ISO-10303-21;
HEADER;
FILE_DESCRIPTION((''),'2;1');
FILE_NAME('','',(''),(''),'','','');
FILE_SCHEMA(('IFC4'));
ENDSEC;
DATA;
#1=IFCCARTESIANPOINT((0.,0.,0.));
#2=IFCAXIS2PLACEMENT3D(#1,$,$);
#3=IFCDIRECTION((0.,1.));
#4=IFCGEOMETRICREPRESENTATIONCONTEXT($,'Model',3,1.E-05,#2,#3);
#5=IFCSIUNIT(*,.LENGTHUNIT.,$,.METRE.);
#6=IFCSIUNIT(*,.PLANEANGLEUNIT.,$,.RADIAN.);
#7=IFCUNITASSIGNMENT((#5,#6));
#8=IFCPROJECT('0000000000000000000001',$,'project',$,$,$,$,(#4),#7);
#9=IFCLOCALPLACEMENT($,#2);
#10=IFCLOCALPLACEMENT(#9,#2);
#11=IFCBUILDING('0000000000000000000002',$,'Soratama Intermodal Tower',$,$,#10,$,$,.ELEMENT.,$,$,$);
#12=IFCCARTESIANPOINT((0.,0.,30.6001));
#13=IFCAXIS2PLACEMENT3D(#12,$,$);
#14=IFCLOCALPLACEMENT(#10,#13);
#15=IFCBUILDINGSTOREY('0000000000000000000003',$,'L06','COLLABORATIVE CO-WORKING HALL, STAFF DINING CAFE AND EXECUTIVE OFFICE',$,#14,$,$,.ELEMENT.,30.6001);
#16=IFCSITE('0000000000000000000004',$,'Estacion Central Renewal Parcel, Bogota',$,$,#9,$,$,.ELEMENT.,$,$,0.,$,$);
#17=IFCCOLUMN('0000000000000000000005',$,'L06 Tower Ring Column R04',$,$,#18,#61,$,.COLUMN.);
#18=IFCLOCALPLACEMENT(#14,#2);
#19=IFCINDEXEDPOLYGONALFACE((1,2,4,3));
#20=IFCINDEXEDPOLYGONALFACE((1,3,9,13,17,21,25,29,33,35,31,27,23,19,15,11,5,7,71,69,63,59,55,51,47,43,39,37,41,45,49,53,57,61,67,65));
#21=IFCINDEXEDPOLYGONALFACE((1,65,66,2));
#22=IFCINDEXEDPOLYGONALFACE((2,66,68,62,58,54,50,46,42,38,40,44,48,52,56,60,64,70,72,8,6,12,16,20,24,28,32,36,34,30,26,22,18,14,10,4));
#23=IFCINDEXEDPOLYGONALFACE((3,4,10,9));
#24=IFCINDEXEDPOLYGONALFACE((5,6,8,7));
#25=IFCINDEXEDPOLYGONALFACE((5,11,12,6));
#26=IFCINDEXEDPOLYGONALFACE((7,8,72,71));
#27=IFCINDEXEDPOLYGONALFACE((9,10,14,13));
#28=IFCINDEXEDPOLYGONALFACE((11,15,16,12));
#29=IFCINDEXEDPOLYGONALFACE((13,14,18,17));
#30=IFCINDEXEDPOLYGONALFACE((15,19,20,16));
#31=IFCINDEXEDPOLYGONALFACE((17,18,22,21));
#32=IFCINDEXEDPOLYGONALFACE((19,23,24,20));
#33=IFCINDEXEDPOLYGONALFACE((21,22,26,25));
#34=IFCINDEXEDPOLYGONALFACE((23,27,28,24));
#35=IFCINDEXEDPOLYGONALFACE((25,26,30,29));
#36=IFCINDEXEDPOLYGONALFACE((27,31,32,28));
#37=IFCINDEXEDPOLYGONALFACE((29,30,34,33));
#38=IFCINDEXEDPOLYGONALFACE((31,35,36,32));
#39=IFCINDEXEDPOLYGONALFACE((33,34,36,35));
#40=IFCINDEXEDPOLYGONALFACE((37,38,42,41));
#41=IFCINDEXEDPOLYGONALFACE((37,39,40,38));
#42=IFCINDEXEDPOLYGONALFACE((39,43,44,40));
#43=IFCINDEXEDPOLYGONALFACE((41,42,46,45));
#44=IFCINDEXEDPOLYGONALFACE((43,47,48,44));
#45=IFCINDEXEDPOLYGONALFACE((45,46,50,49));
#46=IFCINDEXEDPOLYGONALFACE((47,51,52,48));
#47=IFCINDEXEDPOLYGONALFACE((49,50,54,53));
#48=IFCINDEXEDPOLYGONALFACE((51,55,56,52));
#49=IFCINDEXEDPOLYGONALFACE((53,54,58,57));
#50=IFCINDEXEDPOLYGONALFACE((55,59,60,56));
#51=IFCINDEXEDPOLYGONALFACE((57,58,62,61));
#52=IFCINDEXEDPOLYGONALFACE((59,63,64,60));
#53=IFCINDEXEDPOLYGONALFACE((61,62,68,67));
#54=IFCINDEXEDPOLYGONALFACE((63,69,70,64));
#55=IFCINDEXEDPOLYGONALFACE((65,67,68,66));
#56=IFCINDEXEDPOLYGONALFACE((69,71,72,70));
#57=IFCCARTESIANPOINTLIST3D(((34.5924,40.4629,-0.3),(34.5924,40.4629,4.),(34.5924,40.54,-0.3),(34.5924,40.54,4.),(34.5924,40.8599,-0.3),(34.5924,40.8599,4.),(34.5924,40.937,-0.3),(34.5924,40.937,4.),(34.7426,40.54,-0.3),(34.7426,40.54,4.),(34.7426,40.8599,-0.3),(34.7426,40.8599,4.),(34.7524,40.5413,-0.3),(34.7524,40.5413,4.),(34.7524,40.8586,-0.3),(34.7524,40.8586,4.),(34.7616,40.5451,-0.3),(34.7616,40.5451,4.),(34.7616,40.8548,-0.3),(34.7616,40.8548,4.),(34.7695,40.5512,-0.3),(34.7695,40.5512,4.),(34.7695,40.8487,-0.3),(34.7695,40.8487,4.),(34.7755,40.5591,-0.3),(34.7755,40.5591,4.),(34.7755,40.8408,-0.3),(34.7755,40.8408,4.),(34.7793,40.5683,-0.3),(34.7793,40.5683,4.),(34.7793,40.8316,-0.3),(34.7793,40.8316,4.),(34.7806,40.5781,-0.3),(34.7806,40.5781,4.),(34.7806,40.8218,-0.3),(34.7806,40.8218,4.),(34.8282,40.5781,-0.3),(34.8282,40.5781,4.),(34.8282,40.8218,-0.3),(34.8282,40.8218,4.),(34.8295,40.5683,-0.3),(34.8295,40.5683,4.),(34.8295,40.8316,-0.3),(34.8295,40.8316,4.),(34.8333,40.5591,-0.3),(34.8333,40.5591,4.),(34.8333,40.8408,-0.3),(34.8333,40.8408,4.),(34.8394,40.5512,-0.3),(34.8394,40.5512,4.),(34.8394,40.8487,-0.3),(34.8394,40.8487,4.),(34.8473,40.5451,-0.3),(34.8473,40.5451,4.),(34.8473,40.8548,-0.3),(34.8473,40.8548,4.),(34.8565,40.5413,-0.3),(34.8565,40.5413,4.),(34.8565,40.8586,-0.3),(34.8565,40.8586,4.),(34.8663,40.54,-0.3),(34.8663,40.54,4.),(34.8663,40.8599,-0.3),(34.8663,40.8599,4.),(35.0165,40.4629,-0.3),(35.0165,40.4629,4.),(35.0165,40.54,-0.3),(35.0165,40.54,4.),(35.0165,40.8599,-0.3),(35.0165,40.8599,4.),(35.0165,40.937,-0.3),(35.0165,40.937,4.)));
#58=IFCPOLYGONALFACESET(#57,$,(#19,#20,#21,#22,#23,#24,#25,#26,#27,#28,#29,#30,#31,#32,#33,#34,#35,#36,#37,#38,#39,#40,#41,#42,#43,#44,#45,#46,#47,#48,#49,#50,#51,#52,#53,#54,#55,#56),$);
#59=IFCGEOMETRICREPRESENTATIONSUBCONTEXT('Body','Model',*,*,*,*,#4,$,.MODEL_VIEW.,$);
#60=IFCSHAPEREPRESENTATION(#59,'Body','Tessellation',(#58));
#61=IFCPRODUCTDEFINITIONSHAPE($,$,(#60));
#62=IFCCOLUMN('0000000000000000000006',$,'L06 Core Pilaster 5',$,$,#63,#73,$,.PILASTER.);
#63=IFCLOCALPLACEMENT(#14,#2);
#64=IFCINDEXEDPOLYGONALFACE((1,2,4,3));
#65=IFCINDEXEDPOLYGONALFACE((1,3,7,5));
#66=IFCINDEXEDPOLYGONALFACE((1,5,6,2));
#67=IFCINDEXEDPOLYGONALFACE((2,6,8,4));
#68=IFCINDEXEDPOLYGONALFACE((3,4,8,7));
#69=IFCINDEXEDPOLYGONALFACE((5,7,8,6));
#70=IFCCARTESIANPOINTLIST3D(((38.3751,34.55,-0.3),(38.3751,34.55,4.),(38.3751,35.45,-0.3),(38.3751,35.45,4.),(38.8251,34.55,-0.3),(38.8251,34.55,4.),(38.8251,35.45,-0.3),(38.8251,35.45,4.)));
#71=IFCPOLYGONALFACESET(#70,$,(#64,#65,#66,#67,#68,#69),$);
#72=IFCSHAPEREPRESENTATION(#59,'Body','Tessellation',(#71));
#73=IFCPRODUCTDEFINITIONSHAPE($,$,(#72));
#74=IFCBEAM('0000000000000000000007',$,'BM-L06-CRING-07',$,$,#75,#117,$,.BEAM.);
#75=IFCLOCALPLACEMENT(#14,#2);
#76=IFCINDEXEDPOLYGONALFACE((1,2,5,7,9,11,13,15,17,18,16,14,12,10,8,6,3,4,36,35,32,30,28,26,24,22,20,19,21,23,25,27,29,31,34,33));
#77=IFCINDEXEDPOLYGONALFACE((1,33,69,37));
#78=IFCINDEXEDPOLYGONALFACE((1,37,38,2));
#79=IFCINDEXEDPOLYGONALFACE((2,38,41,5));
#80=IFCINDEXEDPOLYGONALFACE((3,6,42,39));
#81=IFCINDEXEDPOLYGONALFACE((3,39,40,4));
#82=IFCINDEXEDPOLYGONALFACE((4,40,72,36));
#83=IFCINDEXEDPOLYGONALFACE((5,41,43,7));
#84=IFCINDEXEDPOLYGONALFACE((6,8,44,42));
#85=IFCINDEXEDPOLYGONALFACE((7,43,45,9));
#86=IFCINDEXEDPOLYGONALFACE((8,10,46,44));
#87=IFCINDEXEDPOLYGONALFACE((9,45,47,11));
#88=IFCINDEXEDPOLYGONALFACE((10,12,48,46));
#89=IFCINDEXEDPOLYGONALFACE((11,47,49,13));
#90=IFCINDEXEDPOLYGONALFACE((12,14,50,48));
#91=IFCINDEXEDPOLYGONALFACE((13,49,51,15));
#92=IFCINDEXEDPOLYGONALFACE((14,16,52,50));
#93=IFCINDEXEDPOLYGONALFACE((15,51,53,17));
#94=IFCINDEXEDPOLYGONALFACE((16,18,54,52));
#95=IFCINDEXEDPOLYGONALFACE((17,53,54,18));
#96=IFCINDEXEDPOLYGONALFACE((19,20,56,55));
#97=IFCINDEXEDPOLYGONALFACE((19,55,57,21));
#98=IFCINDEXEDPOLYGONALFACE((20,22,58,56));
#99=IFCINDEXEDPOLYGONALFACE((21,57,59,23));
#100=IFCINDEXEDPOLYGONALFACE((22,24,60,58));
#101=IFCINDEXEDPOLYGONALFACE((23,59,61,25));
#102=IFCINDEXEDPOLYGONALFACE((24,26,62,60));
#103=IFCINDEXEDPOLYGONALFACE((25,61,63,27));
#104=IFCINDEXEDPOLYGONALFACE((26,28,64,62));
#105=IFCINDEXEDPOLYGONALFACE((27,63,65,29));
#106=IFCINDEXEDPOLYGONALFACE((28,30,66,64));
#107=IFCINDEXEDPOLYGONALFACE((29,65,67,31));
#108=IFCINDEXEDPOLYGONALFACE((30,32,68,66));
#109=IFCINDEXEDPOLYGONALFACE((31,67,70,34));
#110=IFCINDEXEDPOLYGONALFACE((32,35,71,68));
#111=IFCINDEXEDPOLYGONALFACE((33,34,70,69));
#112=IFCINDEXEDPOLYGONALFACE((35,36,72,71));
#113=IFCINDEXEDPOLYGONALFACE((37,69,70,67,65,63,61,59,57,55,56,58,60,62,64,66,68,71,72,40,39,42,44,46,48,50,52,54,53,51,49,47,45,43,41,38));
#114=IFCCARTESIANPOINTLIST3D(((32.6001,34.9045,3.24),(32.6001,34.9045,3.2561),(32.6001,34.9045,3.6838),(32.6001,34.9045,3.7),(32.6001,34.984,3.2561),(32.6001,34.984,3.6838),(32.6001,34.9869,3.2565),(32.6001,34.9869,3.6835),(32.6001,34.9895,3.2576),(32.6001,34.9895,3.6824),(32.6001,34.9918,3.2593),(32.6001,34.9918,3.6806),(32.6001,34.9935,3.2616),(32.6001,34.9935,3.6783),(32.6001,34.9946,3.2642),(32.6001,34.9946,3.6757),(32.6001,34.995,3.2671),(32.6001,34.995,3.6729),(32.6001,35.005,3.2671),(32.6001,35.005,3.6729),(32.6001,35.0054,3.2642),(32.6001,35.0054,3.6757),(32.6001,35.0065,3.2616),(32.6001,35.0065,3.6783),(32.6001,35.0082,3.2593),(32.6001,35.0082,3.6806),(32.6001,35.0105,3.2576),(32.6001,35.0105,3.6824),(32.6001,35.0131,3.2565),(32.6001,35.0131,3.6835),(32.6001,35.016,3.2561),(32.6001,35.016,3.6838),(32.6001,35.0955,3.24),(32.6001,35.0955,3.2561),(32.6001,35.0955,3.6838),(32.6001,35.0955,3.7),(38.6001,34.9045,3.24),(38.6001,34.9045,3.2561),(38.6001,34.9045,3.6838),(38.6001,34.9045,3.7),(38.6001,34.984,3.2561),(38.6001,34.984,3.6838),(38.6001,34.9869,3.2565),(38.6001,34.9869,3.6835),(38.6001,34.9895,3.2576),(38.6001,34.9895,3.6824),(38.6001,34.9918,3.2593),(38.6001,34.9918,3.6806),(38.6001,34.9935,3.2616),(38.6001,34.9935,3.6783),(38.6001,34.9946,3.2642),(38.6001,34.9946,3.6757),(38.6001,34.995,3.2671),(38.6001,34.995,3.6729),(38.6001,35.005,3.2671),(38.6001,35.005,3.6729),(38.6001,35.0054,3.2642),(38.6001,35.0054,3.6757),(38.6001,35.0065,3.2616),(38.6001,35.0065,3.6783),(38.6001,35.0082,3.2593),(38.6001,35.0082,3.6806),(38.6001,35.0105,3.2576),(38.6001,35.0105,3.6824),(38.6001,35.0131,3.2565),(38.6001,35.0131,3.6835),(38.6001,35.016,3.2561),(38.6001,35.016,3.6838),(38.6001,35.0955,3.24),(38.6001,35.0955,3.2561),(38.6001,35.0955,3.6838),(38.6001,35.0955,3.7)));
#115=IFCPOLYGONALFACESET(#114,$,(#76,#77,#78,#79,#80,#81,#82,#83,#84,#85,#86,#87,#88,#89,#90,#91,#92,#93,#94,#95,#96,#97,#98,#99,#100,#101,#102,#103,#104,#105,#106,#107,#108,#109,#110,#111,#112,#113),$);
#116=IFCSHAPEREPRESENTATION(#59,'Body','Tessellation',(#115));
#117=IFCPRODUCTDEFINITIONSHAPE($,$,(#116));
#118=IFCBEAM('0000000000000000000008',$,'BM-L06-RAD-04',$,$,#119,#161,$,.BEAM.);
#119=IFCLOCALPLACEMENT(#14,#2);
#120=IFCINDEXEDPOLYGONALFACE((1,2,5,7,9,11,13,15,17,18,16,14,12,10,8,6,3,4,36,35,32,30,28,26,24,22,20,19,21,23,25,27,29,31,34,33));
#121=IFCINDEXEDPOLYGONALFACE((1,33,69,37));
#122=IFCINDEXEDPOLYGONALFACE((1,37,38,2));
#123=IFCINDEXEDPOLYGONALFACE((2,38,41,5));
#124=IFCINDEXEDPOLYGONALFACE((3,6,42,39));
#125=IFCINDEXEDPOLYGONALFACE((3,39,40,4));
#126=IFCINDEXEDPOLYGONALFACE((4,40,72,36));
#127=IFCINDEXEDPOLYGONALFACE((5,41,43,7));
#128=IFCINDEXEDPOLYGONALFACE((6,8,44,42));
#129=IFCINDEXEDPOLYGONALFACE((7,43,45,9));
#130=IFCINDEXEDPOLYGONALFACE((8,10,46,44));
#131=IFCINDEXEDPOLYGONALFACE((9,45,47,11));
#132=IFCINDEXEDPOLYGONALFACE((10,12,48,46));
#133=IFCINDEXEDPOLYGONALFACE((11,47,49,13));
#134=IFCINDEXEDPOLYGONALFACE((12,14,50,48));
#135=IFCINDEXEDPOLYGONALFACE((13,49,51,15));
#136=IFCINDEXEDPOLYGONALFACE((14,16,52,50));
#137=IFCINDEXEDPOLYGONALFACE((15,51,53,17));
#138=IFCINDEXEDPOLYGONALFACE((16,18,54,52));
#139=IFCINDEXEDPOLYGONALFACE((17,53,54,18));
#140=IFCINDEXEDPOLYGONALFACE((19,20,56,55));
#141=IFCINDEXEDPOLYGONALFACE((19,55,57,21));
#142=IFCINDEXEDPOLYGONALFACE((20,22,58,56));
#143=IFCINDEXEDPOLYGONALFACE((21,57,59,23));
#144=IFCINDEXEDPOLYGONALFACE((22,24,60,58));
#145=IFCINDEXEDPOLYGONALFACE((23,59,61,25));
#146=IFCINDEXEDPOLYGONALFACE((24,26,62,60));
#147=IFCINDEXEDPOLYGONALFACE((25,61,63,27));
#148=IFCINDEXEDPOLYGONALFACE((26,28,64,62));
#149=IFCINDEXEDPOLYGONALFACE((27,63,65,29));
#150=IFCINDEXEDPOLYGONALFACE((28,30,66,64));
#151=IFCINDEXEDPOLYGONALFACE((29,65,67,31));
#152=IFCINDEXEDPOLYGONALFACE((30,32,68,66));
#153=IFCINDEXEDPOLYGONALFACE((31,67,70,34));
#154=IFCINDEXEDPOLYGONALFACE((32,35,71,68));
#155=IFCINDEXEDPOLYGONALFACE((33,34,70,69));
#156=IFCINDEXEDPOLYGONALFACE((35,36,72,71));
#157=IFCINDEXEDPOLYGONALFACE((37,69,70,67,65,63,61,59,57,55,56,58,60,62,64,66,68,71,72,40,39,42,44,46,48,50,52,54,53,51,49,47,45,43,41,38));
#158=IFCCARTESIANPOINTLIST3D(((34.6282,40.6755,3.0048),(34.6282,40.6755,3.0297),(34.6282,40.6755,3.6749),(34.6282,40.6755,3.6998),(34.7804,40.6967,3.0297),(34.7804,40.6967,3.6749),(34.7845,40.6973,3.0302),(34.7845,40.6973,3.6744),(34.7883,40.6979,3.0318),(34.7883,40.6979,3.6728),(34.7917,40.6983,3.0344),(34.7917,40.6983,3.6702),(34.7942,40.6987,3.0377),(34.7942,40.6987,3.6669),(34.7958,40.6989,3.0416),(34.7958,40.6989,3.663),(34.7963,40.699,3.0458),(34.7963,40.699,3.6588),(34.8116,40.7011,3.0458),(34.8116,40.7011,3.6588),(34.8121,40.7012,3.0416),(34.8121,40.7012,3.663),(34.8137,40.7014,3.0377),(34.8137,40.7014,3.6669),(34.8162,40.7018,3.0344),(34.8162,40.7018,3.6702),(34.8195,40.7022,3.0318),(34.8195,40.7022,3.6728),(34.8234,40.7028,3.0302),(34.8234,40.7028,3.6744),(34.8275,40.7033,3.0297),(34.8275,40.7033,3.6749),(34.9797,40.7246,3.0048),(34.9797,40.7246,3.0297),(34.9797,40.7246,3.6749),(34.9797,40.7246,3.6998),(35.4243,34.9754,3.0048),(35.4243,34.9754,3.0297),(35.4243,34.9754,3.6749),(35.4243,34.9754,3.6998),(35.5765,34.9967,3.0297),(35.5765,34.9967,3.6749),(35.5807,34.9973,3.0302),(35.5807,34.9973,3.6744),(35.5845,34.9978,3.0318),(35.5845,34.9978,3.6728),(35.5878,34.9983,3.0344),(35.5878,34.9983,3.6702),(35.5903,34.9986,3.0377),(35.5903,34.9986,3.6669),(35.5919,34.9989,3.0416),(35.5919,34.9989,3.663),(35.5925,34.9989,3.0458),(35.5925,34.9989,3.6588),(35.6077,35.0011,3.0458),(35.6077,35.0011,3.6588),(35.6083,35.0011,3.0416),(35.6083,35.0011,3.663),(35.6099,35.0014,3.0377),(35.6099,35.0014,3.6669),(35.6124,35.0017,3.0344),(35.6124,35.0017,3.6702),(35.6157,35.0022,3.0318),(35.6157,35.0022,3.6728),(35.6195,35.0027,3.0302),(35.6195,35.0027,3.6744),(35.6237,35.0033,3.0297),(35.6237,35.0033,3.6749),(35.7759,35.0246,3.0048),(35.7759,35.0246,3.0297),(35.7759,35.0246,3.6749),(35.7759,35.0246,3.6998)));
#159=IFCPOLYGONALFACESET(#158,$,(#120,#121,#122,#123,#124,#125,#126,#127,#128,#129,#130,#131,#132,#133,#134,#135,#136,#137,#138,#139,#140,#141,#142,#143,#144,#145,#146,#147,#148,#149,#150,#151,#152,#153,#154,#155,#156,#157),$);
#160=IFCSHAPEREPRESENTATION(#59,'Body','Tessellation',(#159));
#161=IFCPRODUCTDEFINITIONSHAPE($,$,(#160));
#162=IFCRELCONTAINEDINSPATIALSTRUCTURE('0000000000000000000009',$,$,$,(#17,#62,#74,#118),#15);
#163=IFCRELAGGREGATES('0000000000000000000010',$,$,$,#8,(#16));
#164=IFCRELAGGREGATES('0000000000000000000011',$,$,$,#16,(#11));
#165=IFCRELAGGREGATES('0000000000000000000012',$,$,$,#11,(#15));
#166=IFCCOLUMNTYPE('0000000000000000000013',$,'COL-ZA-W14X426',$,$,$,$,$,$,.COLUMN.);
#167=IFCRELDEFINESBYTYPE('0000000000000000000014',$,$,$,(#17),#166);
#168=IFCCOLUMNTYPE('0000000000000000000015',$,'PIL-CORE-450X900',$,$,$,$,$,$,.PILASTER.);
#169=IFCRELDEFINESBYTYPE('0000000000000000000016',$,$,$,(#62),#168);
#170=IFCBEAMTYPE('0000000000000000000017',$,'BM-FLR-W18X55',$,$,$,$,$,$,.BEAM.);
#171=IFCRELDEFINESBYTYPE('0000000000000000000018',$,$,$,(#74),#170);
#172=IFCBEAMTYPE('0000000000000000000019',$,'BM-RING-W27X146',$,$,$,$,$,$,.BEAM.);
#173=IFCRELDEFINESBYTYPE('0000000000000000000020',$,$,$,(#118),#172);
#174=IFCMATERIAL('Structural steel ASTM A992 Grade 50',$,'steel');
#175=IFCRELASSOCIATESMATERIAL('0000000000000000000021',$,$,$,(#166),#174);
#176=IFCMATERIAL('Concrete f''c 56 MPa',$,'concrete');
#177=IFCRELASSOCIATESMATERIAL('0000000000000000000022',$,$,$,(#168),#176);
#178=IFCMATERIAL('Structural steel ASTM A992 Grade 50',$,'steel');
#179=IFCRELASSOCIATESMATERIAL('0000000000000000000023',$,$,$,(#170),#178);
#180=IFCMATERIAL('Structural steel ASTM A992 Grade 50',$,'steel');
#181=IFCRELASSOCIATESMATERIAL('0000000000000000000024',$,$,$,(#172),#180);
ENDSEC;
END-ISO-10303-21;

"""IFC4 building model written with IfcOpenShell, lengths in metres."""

from ifc_helpers import new_model, si_unit, direction, frame, origin, origin_2d, place, context, subcontext, project, spatial, rectangle, i_section, extrude, material, material_profile, profile_set, type_object, element, save


model = new_model("IFC4")

# Units and contexts
model_context = context("Model", 3, precision=1e-05, world=origin(), true_north=direction((0.0, 1.0)))
body_context = subcontext(model_context, "Body", "Model", "MODEL_VIEW")
ifc_project = project(units=[si_unit("LENGTHUNIT", "METRE"), si_unit("PLANEANGLEUNIT", "RADIAN")], contexts=[model_context])

# Site, building, storey
site_placement = place(None, origin())
site = spatial("IfcSite", under=ifc_project, at=site_placement, Name="Estacion Central Renewal Parcel, Bogota", CompositionType="ELEMENT", RefElevation=0.0)
building_placement = place(site_placement, origin())
building = spatial("IfcBuilding", under=site, at=building_placement, Name="Soratama Intermodal Tower", CompositionType="ELEMENT")
storey_placement = place(building_placement, frame((0.0, 0.0, 30.6001)))
storey = spatial("IfcBuildingStorey", under=building, at=storey_placement, Name="L06", Description="COLLABORATIVE CO-WORKING HALL, STAFF DINING CAFE AND EXECUTIVE OFFICE", CompositionType="ELEMENT", Elevation=30.6001)

# Columns
ifc_material_1 = material(Name="Structural steel ASTM A992 Grade 50", Category="steel")
ifc_material_profile_1 = material_profile(ifc_material_1, i_section(OverallWidth=0.4241, OverallDepth=0.4741, WebThickness=0.0476, FlangeThickness=0.0771, FilletRadius=0.0381, at=origin_2d()), Name="W14X426")
ifc_profile_set_1 = profile_set([ifc_material_profile_1], Name="Structural steel ASTM A992 Grade 50")
column_type_1 = type_object("IfcColumnType", Name="COL-ZA-W14X426", PredefinedType="COLUMN", material=ifc_profile_set_1)
column_1_placement = place(storey_placement, frame((34.8044, 40.7, -0.3), z_axis=(0.0, 0.0, 1.0), x_axis=(1.0, 0.0, 0.0)))
element("IfcColumn", 1, at=column_1_placement, inside=storey, type_object=column_type_1, Name="L06 Tower Ring Column R04", PredefinedType="COLUMN", context=body_context, shape_type="SweptSolid", body=[
    extrude(i_section(OverallWidth=0.4241, OverallDepth=0.4741, WebThickness=0.0476, FlangeThickness=0.0771, FilletRadius=0.0381, at=origin_2d()), origin(), (0.0, 0.0, 1.0), 4.3),
])
ifc_material_2 = material(Name="Concrete f'c 56 MPa", Category="concrete")
ifc_material_profile_2 = material_profile(ifc_material_2, rectangle(XDim=0.45, YDim=0.8999, at=origin_2d()), Name="RC450X900")
ifc_profile_set_2 = profile_set([ifc_material_profile_2], Name="Concrete f'c 56 MPa")
column_type_2 = type_object("IfcColumnType", Name="PIL-CORE-450X900", PredefinedType="PILASTER", material=ifc_profile_set_2)
column_2_placement = place(storey_placement, frame((38.6001, 35.0, -0.3), z_axis=(0.0, 0.0, 1.0), x_axis=(1.0, 0.0, 0.0)))
element("IfcColumn", 2, at=column_2_placement, inside=storey, type_object=column_type_2, Name="L06 Core Pilaster 5", PredefinedType="PILASTER", context=body_context, shape_type="SweptSolid", body=[
    extrude(rectangle(XDim=0.45, YDim=0.8999, at=origin_2d()), origin(), (0.0, 0.0, 1.0), 4.3),
])

# Beams
ifc_material_3 = material(Name="Structural steel ASTM A992 Grade 50", Category="steel")
ifc_material_profile_3 = material_profile(ifc_material_3, i_section(OverallWidth=0.1909, OverallDepth=0.46, WebThickness=0.01, FlangeThickness=0.0161, FilletRadius=0.011, at=origin_2d()), Name="W18X55")
ifc_profile_set_3 = profile_set([ifc_material_profile_3], Name="Structural steel ASTM A992 Grade 50")
beam_type_1 = type_object("IfcBeamType", Name="BM-FLR-W18X55", PredefinedType="BEAM", material=ifc_profile_set_3)
beam_1_placement = place(storey_placement, frame((38.6001, 35.0, 3.47), z_axis=(-1.0, 0.0, 0.0), x_axis=(0.0, -1.0, 0.0)))
element("IfcBeam", 3, at=beam_1_placement, inside=storey, type_object=beam_type_1, Name="BM-L06-CRING-07", PredefinedType="BEAM", context=body_context, shape_type="SweptSolid", body=[
    extrude(i_section(OverallWidth=0.1909, OverallDepth=0.46, WebThickness=0.01, FlangeThickness=0.0161, FilletRadius=0.011, at=origin_2d()), origin(), (0.0, 0.0, 1.0), 6.0),
])
ifc_material_4 = material(Name="Structural steel ASTM A992 Grade 50", Category="steel")
ifc_material_profile_4 = material_profile(ifc_material_4, i_section(OverallWidth=0.355, OverallDepth=0.6951, WebThickness=0.0154, FlangeThickness=0.0249, FilletRadius=0.0161, at=origin_2d()), Name="W27X146")
ifc_profile_set_4 = profile_set([ifc_material_profile_4], Name="Structural steel ASTM A992 Grade 50")
beam_type_2 = type_object("IfcBeamType", Name="BM-RING-W27X146", PredefinedType="BEAM", material=ifc_profile_set_4)
beam_2_placement = place(storey_placement, frame((35.6001, 35.0, 3.3523), z_axis=(-0.138332, 0.990386, 0.0), x_axis=(-0.990386, -0.138332, 0.0)))
element("IfcBeam", 4, at=beam_2_placement, inside=storey, type_object=beam_type_2, Name="BM-L06-RAD-04", PredefinedType="BEAM", context=body_context, shape_type="SweptSolid", body=[
    extrude(i_section(OverallWidth=0.355, OverallDepth=0.6951, WebThickness=0.0154, FlangeThickness=0.0249, FilletRadius=0.0161, at=origin_2d()), origin(), (0.0, 0.0, 1.0), 5.7554),
])

save(model, "model.ifc")
